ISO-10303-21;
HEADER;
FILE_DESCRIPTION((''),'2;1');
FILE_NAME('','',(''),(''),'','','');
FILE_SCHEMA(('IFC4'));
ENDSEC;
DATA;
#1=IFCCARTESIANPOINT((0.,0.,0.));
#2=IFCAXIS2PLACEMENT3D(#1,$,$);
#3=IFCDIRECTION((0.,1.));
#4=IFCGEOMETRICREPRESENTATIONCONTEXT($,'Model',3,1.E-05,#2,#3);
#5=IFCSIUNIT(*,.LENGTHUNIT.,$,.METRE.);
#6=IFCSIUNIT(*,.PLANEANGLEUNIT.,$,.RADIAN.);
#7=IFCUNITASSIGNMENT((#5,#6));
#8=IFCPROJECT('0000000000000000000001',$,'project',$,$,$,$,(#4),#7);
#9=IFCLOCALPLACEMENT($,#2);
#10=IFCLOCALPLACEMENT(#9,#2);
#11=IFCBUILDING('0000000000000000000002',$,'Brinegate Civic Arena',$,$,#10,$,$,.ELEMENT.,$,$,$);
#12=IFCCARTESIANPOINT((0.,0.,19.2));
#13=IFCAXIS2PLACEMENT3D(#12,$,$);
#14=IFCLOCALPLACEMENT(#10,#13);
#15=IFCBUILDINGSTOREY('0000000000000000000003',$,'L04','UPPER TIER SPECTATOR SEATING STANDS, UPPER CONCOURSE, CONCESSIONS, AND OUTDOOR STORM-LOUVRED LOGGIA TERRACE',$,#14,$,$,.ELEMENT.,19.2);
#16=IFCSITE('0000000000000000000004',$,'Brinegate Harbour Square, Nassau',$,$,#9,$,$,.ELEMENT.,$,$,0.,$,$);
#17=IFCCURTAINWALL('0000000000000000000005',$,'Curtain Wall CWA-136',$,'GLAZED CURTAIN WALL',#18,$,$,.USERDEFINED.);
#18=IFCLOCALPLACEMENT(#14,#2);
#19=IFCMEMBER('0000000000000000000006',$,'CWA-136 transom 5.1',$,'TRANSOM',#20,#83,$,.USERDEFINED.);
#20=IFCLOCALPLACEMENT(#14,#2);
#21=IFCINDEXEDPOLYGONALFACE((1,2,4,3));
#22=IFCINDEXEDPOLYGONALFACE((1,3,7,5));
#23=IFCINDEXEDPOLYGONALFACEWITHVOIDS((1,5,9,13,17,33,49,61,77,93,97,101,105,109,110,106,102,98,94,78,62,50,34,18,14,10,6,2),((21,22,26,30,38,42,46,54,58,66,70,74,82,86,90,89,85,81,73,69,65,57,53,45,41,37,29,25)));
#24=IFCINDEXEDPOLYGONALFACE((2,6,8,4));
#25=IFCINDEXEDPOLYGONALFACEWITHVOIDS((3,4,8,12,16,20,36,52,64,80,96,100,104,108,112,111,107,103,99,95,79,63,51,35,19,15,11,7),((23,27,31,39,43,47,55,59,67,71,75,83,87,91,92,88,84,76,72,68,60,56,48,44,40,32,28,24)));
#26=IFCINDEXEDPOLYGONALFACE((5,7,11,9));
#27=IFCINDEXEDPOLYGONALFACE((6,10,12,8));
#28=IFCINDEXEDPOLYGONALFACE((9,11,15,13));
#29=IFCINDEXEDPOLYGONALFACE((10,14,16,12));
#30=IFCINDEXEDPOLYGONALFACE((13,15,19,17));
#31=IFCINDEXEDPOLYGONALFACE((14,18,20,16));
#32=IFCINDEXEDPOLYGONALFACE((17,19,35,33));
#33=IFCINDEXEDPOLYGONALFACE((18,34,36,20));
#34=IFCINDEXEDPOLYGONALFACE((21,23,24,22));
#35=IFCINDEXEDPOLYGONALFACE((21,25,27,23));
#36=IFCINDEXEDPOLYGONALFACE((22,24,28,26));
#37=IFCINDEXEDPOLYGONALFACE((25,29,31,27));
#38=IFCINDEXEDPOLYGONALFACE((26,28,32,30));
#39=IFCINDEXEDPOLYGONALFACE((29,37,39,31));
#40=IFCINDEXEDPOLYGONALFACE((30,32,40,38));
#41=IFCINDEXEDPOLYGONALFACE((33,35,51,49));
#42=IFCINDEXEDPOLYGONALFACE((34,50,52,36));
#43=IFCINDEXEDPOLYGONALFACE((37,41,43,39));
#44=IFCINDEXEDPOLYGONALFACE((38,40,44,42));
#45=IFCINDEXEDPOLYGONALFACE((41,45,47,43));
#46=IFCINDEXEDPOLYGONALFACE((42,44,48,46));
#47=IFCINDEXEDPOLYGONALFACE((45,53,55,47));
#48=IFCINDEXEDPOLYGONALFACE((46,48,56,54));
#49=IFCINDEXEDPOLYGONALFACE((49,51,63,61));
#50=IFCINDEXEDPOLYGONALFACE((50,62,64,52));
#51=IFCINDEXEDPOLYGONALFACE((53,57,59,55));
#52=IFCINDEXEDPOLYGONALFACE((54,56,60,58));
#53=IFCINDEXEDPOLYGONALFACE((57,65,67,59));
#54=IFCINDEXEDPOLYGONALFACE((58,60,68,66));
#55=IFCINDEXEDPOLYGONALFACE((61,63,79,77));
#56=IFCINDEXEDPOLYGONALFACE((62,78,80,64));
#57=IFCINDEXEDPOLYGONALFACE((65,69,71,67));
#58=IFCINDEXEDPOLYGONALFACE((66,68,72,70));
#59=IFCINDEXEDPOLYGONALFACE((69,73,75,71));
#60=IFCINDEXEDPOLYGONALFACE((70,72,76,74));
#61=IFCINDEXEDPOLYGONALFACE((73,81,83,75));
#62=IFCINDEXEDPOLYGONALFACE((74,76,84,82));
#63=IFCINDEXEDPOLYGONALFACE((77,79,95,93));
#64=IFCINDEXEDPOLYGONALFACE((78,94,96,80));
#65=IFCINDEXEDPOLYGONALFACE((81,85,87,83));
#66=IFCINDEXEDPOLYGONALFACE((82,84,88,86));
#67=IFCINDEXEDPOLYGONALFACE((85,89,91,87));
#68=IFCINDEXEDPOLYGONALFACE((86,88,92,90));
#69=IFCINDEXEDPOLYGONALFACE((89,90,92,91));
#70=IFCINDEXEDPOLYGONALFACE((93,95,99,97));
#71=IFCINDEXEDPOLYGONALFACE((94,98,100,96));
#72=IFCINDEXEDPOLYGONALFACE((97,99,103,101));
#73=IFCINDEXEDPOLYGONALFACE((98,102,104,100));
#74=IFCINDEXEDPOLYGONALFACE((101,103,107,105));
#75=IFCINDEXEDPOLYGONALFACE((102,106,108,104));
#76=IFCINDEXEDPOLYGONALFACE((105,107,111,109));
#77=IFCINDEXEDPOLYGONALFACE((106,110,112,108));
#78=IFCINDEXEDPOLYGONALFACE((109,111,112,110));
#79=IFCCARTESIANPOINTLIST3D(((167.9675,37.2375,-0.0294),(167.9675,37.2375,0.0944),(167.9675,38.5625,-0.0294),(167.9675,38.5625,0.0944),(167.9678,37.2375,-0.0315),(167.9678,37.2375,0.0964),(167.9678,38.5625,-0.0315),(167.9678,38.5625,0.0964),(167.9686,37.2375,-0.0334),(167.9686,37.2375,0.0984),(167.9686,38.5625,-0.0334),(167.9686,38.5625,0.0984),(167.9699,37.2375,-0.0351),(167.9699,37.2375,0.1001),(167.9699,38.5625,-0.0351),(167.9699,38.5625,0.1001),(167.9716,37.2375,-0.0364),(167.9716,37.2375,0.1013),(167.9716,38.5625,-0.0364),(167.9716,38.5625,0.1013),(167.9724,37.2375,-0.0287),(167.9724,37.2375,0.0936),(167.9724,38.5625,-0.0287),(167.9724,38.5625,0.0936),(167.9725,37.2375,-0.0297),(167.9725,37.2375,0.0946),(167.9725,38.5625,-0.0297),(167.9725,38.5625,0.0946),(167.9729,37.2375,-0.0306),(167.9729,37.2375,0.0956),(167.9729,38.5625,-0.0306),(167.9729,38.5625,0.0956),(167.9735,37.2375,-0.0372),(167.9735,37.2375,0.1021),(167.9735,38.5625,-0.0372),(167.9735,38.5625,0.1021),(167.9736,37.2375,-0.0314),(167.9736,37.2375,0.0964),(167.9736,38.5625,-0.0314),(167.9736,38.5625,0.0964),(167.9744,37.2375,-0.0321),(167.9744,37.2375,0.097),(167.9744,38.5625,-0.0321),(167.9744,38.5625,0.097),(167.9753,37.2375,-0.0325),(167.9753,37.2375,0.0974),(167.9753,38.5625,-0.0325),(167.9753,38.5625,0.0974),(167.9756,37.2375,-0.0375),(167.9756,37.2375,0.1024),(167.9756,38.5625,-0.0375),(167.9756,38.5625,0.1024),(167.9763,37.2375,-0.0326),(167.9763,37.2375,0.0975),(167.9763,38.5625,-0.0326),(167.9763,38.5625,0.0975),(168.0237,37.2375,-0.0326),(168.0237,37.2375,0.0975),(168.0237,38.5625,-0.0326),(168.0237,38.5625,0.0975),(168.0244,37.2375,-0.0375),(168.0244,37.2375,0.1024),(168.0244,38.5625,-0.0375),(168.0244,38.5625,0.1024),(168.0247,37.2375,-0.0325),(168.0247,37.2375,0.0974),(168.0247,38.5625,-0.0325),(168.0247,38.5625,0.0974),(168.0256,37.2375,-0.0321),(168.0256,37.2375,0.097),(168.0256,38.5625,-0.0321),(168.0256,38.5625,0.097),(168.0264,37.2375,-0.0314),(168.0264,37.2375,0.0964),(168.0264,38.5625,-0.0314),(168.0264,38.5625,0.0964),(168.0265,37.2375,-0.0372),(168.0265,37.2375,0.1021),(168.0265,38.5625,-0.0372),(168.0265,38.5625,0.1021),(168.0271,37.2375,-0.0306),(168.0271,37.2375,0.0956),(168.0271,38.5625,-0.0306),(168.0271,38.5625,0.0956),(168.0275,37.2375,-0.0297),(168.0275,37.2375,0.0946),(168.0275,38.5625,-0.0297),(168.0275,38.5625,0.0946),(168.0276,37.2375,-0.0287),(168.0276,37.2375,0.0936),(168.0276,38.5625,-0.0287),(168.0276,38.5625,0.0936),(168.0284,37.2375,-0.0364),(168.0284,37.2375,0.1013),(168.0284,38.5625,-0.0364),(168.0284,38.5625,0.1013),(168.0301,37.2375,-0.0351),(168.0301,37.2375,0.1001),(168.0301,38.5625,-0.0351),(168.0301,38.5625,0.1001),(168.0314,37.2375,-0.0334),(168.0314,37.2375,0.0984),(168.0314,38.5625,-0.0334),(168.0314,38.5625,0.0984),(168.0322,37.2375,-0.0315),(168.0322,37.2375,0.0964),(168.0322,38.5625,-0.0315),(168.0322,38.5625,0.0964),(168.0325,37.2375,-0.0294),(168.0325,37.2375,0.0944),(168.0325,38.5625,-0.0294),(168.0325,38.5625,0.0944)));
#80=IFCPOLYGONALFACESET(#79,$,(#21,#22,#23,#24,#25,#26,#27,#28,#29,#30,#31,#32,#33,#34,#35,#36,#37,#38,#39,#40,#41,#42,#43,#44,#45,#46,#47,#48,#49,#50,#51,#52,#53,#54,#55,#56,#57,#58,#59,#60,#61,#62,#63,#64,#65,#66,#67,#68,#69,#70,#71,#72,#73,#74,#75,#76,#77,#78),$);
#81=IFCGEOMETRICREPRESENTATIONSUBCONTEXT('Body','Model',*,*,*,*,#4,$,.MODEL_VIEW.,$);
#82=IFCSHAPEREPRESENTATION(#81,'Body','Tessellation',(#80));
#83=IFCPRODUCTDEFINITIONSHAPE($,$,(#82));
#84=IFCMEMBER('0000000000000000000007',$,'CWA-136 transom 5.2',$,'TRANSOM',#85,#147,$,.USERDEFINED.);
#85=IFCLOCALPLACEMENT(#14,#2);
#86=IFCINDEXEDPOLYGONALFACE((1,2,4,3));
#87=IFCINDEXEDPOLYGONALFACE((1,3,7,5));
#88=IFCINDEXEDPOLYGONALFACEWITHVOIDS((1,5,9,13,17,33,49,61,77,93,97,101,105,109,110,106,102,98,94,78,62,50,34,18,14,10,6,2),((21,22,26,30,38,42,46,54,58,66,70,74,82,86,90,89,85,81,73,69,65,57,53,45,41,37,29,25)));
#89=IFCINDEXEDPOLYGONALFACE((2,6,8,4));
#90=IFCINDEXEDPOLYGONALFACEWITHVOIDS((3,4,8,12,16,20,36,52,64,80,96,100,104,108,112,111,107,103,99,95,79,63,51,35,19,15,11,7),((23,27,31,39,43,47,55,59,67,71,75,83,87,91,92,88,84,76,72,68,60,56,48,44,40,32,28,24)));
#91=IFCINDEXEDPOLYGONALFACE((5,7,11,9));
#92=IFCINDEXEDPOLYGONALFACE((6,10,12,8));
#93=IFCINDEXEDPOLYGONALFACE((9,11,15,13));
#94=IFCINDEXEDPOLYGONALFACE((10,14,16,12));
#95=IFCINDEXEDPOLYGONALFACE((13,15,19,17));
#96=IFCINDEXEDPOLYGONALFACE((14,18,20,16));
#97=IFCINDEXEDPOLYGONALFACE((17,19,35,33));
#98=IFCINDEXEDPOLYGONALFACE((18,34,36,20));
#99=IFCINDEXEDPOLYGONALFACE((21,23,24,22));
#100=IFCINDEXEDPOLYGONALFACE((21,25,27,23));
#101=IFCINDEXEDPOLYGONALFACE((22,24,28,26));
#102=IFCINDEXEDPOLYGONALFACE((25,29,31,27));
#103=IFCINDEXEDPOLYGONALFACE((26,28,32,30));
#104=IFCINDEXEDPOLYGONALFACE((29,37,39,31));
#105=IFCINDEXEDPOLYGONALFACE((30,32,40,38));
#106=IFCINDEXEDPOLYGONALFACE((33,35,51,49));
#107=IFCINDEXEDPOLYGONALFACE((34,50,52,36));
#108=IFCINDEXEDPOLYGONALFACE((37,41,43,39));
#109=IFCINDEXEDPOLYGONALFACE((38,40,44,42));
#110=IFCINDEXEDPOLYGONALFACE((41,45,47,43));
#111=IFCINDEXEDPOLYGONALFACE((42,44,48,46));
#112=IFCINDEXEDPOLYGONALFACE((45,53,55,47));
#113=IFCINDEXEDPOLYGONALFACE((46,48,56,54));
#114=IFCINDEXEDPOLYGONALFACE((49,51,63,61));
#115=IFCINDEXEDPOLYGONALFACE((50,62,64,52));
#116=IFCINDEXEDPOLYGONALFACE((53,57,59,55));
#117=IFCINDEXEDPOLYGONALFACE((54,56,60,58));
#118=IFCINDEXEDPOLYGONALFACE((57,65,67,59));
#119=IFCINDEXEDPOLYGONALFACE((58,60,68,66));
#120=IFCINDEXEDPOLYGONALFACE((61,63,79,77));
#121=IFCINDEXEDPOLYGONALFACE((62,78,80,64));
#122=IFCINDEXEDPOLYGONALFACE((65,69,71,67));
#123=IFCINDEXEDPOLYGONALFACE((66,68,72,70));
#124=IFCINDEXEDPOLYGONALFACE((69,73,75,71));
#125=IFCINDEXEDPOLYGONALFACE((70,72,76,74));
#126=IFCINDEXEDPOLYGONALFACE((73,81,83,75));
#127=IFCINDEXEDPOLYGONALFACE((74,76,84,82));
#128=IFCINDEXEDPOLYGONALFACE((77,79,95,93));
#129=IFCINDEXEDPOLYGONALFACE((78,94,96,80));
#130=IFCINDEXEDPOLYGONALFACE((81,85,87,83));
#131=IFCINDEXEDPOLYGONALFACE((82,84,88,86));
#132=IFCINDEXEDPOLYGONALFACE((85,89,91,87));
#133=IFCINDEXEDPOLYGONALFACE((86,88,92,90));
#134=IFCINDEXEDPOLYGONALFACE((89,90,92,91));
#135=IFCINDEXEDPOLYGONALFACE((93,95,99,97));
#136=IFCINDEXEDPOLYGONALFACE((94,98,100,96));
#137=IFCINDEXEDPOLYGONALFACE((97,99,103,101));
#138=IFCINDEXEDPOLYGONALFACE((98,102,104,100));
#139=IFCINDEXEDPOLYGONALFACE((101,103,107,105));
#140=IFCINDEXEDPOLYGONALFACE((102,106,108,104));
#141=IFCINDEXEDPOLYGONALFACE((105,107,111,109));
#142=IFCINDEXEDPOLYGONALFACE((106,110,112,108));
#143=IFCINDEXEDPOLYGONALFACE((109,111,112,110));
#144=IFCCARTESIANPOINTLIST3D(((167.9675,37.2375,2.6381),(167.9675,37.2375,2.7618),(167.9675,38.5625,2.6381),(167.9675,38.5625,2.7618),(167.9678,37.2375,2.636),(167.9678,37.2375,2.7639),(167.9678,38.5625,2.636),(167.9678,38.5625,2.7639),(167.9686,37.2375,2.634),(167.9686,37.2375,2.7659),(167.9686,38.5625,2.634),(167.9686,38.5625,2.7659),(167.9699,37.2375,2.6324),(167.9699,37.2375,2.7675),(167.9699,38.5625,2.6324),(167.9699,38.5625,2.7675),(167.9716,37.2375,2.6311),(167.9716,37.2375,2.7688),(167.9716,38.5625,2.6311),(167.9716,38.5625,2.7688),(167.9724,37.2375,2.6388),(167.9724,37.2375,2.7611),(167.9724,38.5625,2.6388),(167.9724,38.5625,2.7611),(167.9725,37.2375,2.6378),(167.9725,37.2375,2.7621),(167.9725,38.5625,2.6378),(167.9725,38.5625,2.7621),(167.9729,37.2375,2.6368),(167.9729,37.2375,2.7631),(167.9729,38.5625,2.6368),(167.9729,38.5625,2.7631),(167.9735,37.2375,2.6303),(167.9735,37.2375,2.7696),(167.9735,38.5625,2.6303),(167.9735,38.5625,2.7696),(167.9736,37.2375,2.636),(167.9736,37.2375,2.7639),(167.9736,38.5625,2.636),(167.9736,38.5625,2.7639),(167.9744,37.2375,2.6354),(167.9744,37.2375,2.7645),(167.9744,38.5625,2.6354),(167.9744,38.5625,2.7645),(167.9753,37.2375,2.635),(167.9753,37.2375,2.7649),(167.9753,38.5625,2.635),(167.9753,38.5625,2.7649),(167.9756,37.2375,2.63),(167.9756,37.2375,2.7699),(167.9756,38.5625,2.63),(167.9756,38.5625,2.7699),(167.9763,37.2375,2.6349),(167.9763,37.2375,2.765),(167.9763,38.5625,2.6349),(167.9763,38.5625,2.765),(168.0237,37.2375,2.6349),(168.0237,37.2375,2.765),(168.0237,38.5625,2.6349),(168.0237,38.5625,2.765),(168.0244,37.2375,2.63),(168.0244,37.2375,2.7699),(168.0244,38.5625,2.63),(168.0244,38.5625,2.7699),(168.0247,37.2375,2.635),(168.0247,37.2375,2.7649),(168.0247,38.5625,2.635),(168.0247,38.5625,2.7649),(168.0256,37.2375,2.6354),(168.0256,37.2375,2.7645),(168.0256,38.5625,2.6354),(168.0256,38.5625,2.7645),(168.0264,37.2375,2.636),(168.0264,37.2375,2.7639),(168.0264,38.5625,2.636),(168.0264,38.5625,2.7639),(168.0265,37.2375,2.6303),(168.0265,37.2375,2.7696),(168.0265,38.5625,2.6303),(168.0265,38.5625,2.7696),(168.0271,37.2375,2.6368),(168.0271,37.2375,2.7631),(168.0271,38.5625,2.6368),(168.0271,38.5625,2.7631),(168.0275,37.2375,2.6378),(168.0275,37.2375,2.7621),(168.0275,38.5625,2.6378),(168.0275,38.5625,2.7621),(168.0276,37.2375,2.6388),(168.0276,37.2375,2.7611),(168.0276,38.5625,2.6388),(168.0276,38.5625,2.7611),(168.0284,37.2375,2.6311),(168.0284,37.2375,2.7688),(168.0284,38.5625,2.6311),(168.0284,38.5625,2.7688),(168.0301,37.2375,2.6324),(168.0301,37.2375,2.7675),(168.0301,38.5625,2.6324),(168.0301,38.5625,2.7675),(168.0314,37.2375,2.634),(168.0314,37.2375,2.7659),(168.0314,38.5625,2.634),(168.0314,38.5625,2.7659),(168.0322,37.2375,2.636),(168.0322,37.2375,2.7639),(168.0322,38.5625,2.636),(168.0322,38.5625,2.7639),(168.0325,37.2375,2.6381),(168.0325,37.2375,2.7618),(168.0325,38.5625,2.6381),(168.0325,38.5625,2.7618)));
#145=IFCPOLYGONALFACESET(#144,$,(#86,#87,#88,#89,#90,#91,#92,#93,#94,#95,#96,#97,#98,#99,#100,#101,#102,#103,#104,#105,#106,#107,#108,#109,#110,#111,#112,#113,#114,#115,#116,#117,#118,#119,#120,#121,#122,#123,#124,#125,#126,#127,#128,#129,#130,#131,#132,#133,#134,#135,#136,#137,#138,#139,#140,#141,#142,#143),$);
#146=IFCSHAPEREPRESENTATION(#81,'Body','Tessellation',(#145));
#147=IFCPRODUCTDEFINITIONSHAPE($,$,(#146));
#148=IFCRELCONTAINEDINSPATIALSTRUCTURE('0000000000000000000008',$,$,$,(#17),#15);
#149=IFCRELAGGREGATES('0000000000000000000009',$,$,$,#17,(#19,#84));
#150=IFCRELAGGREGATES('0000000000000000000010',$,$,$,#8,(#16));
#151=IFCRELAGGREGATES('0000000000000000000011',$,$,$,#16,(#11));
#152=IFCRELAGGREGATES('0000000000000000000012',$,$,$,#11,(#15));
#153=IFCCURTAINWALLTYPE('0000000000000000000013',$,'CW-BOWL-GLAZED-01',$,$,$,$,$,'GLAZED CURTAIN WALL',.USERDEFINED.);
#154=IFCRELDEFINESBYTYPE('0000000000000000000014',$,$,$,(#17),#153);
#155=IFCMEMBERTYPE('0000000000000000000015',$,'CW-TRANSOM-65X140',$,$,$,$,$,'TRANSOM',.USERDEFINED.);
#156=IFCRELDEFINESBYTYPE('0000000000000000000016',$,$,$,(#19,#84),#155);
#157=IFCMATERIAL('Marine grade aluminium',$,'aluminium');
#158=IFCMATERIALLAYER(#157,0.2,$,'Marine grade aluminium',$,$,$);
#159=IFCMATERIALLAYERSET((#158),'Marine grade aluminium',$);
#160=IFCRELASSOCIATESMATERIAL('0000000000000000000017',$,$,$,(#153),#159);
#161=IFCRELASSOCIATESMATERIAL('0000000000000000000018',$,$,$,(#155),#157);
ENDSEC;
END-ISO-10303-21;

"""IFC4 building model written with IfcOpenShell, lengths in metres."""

from ifc_helpers import new_model, si_unit, direction, frame, origin, origin_2d, place, context, subcontext, project, spatial, hollow_rectangle, extrude, material, layer, layer_set, material_profile, profile_set, type_object, element, aggregate, save


model = new_model("IFC4")

# Units and contexts
model_context = context("Model", 3, precision=1e-05, world=origin(), true_north=direction((0.0, 1.0)))
body_context = subcontext(model_context, "Body", "Model", "MODEL_VIEW")
ifc_project = project(units=[si_unit("LENGTHUNIT", "METRE"), si_unit("PLANEANGLEUNIT", "RADIAN")], contexts=[model_context])

# Site, building, storey
site_placement = place(None, origin())
site = spatial("IfcSite", under=ifc_project, at=site_placement, Name="Brinegate Harbour Square, Nassau", CompositionType="ELEMENT", RefElevation=0.0)
building_placement = place(site_placement, origin())
building = spatial("IfcBuilding", under=site, at=building_placement, Name="Brinegate Civic Arena", CompositionType="ELEMENT")
storey_placement = place(building_placement, frame((0.0, 0.0, 19.2)))
storey = spatial("IfcBuildingStorey", under=building, at=storey_placement, Name="L04", Description="UPPER TIER SPECTATOR SEATING STANDS, UPPER CONCOURSE, CONCESSIONS, AND OUTDOOR STORM-LOUVRED LOGGIA TERRACE", CompositionType="ELEMENT", Elevation=19.2)

# Curtain wall, members
ifc_material_1 = material(Name="Marine grade aluminium", Category="aluminium")
ifc_layer_1 = layer(ifc_material_1, 0.2, Name="Marine grade aluminium")
ifc_layer_set_1 = layer_set([ifc_layer_1], Name="Marine grade aluminium")
curtain_wall_type = type_object("IfcCurtainWallType", Name="CW-BOWL-GLAZED-01", ElementType="GLAZED CURTAIN WALL", PredefinedType="USERDEFINED", material=ifc_layer_set_1)
curtain_wall_placement = place(storey_placement, origin())
curtain_wall = element("IfcCurtainWall", 1, at=curtain_wall_placement, inside=storey, type_object=curtain_wall_type, Name="Curtain Wall CWA-136", ObjectType="GLAZED CURTAIN WALL", PredefinedType="USERDEFINED")
ifc_material_profile_1 = material_profile(ifc_material_1, hollow_rectangle(XDim=0.0649, YDim=0.1399, WallThickness=0.0049, InnerFilletRadius=0.0039, OuterFilletRadius=0.0081, at=origin_2d()), Name="TRN65X140")
ifc_profile_set_1 = profile_set([ifc_material_profile_1], Name="Marine grade aluminium")
member_type_1 = type_object("IfcMemberType", Name="CW-TRANSOM-65X140", ElementType="TRANSOM", PredefinedType="USERDEFINED", material=ifc_profile_set_1)
member_1_placement = place(storey_placement, frame((168.0, 37.2375, 0.0325), z_axis=(0.0, 1.0, 0.0), x_axis=(-1.0, 0.0, 0.0)))
member_1 = element("IfcMember", 2, at=member_1_placement, type_object=member_type_1, Name="CWA-136 transom 5.1", ObjectType="TRANSOM", PredefinedType="USERDEFINED", context=body_context, shape_type="SweptSolid", body=[
    extrude(hollow_rectangle(XDim=0.0649, YDim=0.1399, WallThickness=0.0049, InnerFilletRadius=0.0039, OuterFilletRadius=0.0081, at=origin_2d()), origin(), (0.0, 0.0, 1.0), 1.325),
])
member_2_placement = place(storey_placement, frame((168.0, 37.2375, 2.7), z_axis=(0.0, 1.0, 0.0), x_axis=(-1.0, 0.0, 0.0)))
member_2 = element("IfcMember", 3, at=member_2_placement, type_object=member_type_1, Name="CWA-136 transom 5.2", ObjectType="TRANSOM", PredefinedType="USERDEFINED", context=body_context, shape_type="SweptSolid", body=[
    extrude(hollow_rectangle(XDim=0.0649, YDim=0.1399, WallThickness=0.0049, InnerFilletRadius=0.0039, OuterFilletRadius=0.0081, at=origin_2d()), origin(), (0.0, 0.0, 1.0), 1.325),
])

aggregate(curtain_wall, [member_1, member_2])

save(model, "model.ifc")
